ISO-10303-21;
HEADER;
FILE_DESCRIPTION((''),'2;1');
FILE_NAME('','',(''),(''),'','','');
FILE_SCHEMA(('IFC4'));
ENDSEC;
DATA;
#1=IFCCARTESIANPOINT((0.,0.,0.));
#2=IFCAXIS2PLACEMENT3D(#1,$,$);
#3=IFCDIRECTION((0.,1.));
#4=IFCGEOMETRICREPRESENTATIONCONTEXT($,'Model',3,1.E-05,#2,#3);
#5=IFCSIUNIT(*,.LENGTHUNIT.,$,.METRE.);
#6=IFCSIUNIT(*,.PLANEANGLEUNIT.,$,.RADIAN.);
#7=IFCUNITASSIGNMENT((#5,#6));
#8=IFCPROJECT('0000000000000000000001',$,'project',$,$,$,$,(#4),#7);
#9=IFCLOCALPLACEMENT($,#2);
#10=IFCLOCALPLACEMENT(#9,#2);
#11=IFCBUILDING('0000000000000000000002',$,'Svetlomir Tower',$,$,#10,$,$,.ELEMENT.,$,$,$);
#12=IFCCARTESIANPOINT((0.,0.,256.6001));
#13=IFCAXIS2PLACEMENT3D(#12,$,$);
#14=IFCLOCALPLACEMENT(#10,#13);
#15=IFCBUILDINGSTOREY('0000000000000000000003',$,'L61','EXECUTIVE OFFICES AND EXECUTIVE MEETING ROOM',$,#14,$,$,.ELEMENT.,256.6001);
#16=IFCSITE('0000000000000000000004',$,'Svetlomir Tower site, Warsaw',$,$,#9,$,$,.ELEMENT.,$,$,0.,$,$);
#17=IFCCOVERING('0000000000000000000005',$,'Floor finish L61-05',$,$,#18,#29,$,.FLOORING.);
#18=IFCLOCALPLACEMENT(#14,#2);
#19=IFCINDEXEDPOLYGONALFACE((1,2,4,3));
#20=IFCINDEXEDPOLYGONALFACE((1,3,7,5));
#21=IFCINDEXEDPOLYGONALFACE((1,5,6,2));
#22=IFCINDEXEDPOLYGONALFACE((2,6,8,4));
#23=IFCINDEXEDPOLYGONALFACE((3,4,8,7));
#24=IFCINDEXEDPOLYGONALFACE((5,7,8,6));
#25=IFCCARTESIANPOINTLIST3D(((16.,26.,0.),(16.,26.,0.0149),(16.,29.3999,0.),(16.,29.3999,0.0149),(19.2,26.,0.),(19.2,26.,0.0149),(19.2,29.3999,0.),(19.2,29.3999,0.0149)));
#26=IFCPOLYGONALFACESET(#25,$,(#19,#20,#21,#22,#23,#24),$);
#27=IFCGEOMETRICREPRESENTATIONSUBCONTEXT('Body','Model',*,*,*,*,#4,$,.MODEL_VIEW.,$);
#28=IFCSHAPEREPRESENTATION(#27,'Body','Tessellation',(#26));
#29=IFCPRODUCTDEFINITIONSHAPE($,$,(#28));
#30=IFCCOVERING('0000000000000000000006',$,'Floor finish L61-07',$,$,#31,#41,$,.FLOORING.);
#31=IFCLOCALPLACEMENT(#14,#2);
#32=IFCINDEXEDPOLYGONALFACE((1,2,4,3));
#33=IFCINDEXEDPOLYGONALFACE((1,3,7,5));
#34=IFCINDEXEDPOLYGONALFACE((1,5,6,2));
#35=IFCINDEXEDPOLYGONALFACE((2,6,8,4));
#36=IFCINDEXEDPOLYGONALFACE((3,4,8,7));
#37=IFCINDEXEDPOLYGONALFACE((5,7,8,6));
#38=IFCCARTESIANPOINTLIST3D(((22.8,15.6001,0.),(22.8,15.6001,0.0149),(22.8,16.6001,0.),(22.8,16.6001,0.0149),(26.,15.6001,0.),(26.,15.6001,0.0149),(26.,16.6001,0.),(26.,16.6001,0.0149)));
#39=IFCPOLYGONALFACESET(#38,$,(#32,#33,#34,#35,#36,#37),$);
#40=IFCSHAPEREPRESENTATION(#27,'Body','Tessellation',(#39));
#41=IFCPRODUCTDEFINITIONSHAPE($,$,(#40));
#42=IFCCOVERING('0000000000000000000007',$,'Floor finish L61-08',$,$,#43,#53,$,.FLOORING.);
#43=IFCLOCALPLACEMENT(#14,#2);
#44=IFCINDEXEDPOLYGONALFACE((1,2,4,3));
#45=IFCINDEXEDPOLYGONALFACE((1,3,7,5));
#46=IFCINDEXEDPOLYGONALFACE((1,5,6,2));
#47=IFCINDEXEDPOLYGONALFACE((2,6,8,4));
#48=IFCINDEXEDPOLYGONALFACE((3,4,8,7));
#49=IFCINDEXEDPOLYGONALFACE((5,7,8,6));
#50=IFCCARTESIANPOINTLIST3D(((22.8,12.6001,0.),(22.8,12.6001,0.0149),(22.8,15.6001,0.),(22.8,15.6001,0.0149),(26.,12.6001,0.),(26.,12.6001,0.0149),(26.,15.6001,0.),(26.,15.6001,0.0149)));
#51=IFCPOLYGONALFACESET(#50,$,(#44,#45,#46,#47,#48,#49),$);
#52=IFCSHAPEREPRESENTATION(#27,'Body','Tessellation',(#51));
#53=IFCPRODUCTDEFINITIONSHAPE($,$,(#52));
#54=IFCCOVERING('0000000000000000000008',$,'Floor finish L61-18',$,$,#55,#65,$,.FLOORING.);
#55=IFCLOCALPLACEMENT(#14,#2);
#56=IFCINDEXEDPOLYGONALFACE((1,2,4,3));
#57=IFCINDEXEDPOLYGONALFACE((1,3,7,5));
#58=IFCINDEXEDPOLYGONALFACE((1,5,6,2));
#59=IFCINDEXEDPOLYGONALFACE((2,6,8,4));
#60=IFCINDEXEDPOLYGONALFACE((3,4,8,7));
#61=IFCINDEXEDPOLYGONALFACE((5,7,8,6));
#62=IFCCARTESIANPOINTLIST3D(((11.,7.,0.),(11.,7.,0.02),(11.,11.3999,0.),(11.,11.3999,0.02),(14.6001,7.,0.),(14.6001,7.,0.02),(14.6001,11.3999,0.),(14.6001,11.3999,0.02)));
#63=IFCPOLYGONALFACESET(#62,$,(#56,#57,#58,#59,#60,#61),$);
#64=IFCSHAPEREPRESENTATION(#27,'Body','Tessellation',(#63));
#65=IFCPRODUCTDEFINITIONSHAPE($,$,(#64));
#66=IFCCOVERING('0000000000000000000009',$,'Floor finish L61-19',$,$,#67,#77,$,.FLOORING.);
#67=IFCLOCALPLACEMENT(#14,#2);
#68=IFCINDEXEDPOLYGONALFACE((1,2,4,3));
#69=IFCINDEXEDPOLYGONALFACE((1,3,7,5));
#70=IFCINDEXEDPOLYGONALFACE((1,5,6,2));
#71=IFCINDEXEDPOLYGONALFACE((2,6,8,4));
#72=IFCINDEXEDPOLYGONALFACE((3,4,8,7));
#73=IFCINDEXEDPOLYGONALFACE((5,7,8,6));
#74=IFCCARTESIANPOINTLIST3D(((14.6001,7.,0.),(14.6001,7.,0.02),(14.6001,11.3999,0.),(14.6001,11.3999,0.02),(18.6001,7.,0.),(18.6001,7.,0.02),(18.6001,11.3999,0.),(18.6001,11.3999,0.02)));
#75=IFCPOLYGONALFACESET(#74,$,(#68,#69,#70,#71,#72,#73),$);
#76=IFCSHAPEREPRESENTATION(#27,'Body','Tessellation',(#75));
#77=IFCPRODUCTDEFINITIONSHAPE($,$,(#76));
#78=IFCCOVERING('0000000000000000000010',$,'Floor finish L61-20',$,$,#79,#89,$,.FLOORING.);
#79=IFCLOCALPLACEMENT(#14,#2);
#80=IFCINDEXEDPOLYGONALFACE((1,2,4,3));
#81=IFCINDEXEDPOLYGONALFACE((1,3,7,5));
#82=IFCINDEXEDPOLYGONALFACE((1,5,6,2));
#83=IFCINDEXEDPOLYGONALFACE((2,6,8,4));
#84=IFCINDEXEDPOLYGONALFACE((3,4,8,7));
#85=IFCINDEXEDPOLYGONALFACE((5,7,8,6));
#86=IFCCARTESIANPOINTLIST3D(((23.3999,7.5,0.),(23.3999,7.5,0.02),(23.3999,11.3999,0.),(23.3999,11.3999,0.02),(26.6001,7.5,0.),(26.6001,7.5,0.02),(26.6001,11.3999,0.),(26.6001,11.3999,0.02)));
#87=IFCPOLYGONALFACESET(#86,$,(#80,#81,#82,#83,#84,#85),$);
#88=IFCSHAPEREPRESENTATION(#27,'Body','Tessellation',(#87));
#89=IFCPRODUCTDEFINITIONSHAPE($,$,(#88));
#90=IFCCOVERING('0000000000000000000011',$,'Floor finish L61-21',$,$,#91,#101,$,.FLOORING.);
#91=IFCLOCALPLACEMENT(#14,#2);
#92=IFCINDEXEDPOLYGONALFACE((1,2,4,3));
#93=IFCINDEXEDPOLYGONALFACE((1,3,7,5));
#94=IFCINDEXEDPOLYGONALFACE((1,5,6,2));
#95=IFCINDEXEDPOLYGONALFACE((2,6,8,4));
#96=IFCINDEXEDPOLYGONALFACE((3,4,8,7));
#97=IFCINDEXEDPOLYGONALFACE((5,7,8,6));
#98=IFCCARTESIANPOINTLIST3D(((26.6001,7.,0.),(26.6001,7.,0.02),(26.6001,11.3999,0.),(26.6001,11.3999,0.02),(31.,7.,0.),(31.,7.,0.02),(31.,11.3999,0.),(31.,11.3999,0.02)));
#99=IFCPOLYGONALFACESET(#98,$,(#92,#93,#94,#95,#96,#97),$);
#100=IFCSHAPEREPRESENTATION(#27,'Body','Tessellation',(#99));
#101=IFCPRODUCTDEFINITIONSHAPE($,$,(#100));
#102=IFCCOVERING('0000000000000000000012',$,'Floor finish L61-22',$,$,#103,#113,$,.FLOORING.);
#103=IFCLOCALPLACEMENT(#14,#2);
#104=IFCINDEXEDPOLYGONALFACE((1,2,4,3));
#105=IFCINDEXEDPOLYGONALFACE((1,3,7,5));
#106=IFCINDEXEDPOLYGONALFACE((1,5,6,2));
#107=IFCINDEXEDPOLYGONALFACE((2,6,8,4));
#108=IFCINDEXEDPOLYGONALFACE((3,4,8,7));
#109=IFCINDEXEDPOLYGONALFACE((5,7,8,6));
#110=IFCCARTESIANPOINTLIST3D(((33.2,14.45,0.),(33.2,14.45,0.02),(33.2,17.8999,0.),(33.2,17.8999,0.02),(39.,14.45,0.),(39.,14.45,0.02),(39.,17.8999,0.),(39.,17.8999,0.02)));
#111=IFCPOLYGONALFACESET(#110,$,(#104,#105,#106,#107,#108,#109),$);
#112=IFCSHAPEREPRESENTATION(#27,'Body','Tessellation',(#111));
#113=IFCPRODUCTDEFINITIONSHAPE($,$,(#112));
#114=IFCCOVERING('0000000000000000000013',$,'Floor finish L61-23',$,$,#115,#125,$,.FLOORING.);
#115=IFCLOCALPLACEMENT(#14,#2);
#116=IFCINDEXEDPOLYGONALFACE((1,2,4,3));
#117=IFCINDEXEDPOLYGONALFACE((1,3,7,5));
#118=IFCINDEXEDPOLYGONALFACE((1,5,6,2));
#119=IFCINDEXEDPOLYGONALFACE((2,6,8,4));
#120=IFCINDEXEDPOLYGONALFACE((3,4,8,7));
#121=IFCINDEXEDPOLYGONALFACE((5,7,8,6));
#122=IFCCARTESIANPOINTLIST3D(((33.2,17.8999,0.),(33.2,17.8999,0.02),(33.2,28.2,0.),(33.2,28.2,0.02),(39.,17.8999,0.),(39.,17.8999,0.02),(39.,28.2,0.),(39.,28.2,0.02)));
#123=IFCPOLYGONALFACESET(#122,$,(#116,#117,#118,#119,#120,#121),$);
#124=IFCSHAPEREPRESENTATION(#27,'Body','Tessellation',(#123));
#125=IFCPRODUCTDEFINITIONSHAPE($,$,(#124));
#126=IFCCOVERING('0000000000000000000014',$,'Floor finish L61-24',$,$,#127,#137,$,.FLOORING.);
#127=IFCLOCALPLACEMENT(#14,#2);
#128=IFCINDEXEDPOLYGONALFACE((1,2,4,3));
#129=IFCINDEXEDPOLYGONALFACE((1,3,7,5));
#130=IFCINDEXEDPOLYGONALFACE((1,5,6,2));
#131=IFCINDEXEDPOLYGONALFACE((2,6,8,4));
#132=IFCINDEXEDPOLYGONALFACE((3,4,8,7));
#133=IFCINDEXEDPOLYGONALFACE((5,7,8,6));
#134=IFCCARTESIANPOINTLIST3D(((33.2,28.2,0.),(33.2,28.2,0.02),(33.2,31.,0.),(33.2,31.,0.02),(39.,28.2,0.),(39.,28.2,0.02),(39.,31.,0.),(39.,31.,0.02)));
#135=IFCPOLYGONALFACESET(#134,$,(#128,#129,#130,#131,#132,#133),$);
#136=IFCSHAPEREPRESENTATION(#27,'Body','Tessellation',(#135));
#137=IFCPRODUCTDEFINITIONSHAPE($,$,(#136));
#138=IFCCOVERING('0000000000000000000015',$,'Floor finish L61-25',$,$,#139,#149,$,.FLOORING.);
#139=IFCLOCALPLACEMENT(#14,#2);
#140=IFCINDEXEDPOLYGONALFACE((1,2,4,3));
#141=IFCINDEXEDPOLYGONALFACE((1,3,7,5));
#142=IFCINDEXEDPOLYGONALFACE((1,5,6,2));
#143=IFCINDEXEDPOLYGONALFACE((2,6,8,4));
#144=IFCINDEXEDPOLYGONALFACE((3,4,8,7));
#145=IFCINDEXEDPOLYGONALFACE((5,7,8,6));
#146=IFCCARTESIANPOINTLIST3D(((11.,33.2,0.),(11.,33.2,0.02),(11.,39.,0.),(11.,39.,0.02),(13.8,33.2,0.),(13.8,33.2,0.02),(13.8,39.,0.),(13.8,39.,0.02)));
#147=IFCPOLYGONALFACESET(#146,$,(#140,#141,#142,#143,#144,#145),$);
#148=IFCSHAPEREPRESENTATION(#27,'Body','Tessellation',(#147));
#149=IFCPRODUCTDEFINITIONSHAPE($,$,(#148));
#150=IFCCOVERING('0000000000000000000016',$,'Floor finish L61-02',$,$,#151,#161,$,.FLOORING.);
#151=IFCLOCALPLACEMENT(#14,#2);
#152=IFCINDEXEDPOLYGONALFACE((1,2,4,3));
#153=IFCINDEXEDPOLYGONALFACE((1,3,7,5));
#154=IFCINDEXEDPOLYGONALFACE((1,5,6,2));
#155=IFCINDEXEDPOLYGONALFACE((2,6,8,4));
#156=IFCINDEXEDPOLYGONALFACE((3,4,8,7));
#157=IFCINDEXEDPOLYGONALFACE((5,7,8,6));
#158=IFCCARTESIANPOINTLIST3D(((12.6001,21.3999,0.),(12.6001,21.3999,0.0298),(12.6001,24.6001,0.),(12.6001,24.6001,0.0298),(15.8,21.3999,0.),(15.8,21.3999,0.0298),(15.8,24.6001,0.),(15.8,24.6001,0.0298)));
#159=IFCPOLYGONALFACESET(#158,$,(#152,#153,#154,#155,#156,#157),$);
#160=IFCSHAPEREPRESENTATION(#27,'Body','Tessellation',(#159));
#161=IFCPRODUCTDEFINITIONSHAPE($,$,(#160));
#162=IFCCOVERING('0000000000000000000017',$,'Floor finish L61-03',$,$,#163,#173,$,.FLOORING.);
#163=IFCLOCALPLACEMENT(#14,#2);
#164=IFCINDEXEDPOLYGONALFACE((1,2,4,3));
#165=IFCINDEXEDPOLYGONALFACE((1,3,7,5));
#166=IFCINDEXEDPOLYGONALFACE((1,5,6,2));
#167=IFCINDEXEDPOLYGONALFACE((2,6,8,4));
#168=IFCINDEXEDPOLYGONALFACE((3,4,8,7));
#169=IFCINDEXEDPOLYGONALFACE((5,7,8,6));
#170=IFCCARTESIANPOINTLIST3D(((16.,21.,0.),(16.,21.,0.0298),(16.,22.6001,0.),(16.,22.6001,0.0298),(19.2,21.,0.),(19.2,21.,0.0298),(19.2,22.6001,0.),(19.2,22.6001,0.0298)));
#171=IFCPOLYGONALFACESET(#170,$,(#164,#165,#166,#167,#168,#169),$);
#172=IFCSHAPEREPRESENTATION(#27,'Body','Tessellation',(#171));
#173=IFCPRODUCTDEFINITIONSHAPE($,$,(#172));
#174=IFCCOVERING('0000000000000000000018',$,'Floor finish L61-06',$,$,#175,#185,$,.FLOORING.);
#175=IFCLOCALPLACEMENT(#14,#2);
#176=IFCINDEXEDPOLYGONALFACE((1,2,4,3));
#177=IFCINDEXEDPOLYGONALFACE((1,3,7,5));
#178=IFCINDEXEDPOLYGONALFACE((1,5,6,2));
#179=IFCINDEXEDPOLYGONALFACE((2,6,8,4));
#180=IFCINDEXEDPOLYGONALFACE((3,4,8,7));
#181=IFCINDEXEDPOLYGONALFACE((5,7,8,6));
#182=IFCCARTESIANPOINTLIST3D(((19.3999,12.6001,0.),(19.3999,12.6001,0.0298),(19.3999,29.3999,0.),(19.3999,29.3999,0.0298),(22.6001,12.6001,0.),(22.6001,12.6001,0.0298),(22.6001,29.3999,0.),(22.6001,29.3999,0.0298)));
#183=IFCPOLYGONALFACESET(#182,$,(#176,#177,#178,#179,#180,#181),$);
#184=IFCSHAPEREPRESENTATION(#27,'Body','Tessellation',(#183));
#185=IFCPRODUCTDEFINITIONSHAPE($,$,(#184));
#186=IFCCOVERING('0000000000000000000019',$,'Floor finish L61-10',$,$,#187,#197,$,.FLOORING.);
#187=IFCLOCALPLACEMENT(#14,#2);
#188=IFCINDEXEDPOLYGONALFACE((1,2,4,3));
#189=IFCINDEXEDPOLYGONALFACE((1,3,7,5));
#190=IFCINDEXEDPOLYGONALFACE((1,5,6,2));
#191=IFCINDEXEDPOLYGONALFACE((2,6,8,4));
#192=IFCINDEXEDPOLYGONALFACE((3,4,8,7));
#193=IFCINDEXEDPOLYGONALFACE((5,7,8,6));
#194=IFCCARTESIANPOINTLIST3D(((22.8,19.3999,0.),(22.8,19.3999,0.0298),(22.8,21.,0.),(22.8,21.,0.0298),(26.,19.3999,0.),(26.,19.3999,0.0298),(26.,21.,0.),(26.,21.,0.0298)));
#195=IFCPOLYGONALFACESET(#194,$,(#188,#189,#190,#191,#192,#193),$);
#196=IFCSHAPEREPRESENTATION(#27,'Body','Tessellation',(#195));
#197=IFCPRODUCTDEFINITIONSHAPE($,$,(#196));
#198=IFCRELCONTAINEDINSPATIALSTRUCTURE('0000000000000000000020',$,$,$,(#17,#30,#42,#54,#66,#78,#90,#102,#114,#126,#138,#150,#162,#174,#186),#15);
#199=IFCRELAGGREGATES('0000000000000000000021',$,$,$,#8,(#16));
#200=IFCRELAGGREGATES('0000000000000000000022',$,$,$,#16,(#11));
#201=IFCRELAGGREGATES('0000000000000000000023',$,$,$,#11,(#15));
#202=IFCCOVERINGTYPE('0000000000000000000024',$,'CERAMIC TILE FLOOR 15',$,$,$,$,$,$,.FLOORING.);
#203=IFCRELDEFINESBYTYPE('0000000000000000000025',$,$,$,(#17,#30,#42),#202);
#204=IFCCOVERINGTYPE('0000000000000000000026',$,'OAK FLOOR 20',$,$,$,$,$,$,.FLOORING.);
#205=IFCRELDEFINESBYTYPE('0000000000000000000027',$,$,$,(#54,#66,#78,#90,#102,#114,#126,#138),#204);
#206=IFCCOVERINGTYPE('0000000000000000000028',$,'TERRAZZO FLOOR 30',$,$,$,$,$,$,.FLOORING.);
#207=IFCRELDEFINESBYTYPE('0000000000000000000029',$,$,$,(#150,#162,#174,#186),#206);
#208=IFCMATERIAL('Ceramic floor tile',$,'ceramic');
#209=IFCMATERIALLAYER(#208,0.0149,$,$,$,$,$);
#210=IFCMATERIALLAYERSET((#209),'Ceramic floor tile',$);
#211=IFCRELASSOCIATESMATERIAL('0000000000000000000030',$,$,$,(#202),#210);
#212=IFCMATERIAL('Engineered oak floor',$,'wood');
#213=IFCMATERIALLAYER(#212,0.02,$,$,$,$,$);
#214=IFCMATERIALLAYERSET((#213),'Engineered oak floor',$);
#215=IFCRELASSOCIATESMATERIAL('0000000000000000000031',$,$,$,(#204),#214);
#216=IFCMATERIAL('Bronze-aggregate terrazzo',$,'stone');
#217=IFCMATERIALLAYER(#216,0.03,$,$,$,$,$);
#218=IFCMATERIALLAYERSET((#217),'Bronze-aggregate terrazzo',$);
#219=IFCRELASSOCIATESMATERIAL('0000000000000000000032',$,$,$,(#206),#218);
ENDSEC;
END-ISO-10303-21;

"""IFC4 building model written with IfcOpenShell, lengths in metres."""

from ifc_helpers import new_model, si_unit, direction, frame, origin, place, context, subcontext, project, spatial, polyline, outline, extrude, material, layer, layer_set, type_object, element, save


model = new_model("IFC4")

# Units and contexts
model_context = context("Model", 3, precision=1e-05, world=origin(), true_north=direction((0.0, 1.0)))
body_context = subcontext(model_context, "Body", "Model", "MODEL_VIEW")
ifc_project = project(units=[si_unit("LENGTHUNIT", "METRE"), si_unit("PLANEANGLEUNIT", "RADIAN")], contexts=[model_context])

# Site, building, storey
site_placement = place(None, origin())
site = spatial("IfcSite", under=ifc_project, at=site_placement, Name="Svetlomir Tower site, Warsaw", CompositionType="ELEMENT", RefElevation=0.0)
building_placement = place(site_placement, origin())
building = spatial("IfcBuilding", under=site, at=building_placement, Name="Svetlomir Tower", CompositionType="ELEMENT")
storey_placement = place(building_placement, frame((0.0, 0.0, 256.6001)))
storey = spatial("IfcBuildingStorey", under=building, at=storey_placement, Name="L61", Description="EXECUTIVE OFFICES AND EXECUTIVE MEETING ROOM", CompositionType="ELEMENT", Elevation=256.6001)

# Coverings
ifc_material_1 = material(Name="Ceramic floor tile", Category="ceramic")
ifc_layer_1 = layer(ifc_material_1, 0.0149)
ifc_layer_set_1 = layer_set([ifc_layer_1], Name="Ceramic floor tile")
covering_type_1 = type_object("IfcCoveringType", Name="CERAMIC TILE FLOOR 15", PredefinedType="FLOORING", material=ifc_layer_set_1)
covering_1_placement = place(storey_placement, origin())
element("IfcCovering", 1, at=covering_1_placement, inside=storey, type_object=covering_type_1, Name="Floor finish L61-05", PredefinedType="FLOORING", context=body_context, shape_type="SweptSolid", body=[
    extrude(outline(polyline([(16.0, 26.0), (19.2, 26.0), (19.2, 29.3999), (16.0, 29.3999), (16.0, 26.0)])), origin(), (0.0, 0.0, 1.0), 0.0149),
])
covering_2_placement = place(storey_placement, origin())
element("IfcCovering", 2, at=covering_2_placement, inside=storey, type_object=covering_type_1, Name="Floor finish L61-07", PredefinedType="FLOORING", context=body_context, shape_type="SweptSolid", body=[
    extrude(outline(polyline([(22.8, 15.6001), (26.0, 15.6001), (26.0, 16.6001), (22.8, 16.6001), (22.8, 15.6001)])), origin(), (0.0, 0.0, 1.0), 0.0149),
])
covering_3_placement = place(storey_placement, origin())
element("IfcCovering", 3, at=covering_3_placement, inside=storey, type_object=covering_type_1, Name="Floor finish L61-08", PredefinedType="FLOORING", context=body_context, shape_type="SweptSolid", body=[
    extrude(outline(polyline([(22.8, 12.6001), (26.0, 12.6001), (26.0, 15.6001), (22.8, 15.6001), (22.8, 12.6001)])), origin(), (0.0, 0.0, 1.0), 0.0149),
])
ifc_material_2 = material(Name="Engineered oak floor", Category="wood")
ifc_layer_2 = layer(ifc_material_2, 0.02)
ifc_layer_set_2 = layer_set([ifc_layer_2], Name="Engineered oak floor")
covering_type_2 = type_object("IfcCoveringType", Name="OAK FLOOR 20", PredefinedType="FLOORING", material=ifc_layer_set_2)
covering_4_placement = place(storey_placement, origin())
element("IfcCovering", 4, at=covering_4_placement, inside=storey, type_object=covering_type_2, Name="Floor finish L61-18", PredefinedType="FLOORING", context=body_context, shape_type="SweptSolid", body=[
    extrude(outline(polyline([(11.0, 7.0), (14.6001, 7.0), (14.6001, 11.3999), (11.0, 11.3999), (11.0, 7.0)])), origin(), (0.0, 0.0, 1.0), 0.02),
])
covering_5_placement = place(storey_placement, origin())
element("IfcCovering", 5, at=covering_5_placement, inside=storey, type_object=covering_type_2, Name="Floor finish L61-19", PredefinedType="FLOORING", context=body_context, shape_type="SweptSolid", body=[
    extrude(outline(polyline([(14.6001, 7.0), (18.6001, 7.0), (18.6001, 11.3999), (14.6001, 11.3999), (14.6001, 7.0)])), origin(), (0.0, 0.0, 1.0), 0.02),
])
covering_6_placement = place(storey_placement, origin())
element("IfcCovering", 6, at=covering_6_placement, inside=storey, type_object=covering_type_2, Name="Floor finish L61-20", PredefinedType="FLOORING", context=body_context, shape_type="SweptSolid", body=[
    extrude(outline(polyline([(23.3999, 7.5), (26.6001, 7.5), (26.6001, 11.3999), (23.3999, 11.3999), (23.3999, 7.5)])), origin(), (0.0, 0.0, 1.0), 0.02),
])
covering_7_placement = place(storey_placement, origin())
element("IfcCovering", 7, at=covering_7_placement, inside=storey, type_object=covering_type_2, Name="Floor finish L61-21", PredefinedType="FLOORING", context=body_context, shape_type="SweptSolid", body=[
    extrude(outline(polyline([(26.6001, 7.0), (31.0, 7.0), (31.0, 11.3999), (26.6001, 11.3999), (26.6001, 7.0)])), origin(), (0.0, 0.0, 1.0), 0.02),
])
covering_8_placement = place(storey_placement, origin())
element("IfcCovering", 8, at=covering_8_placement, inside=storey, type_object=covering_type_2, Name="Floor finish L61-22", PredefinedType="FLOORING", context=body_context, shape_type="SweptSolid", body=[
    extrude(outline(polyline([(33.2, 14.45), (39.0, 14.45), (39.0, 17.8999), (33.2, 17.8999), (33.2, 14.45)])), origin(), (0.0, 0.0, 1.0), 0.02),
])
covering_9_placement = place(storey_placement, origin())
element("IfcCovering", 9, at=covering_9_placement, inside=storey, type_object=covering_type_2, Name="Floor finish L61-23", PredefinedType="FLOORING", context=body_context, shape_type="SweptSolid", body=[
    extrude(outline(polyline([(33.2, 17.8999), (39.0, 17.8999), (39.0, 28.2), (33.2, 28.2), (33.2, 17.8999)])), origin(), (0.0, 0.0, 1.0), 0.02),
])
covering_10_placement = place(storey_placement, origin())
element("IfcCovering", 10, at=covering_10_placement, inside=storey, type_object=covering_type_2, Name="Floor finish L61-24", PredefinedType="FLOORING", context=body_context, shape_type="SweptSolid", body=[
    extrude(outline(polyline([(33.2, 28.2), (39.0, 28.2), (39.0, 31.0), (33.2, 31.0), (33.2, 28.2)])), origin(), (0.0, 0.0, 1.0), 0.02),
])
covering_11_placement = place(storey_placement, origin())
element("IfcCovering", 11, at=covering_11_placement, inside=storey, type_object=covering_type_2, Name="Floor finish L61-25", PredefinedType="FLOORING", context=body_context, shape_type="SweptSolid", body=[
    extrude(outline(polyline([(11.0, 33.2), (13.8, 33.2), (13.8, 39.0), (11.0, 39.0), (11.0, 33.2)])), origin(), (0.0, 0.0, 1.0), 0.02),
])
ifc_material_3 = material(Name="Bronze-aggregate terrazzo", Category="stone")
ifc_layer_3 = layer(ifc_material_3, 0.03)
ifc_layer_set_3 = layer_set([ifc_layer_3], Name="Bronze-aggregate terrazzo")
covering_type_3 = type_object("IfcCoveringType", Name="TERRAZZO FLOOR 30", PredefinedType="FLOORING", material=ifc_layer_set_3)
covering_12_placement = place(storey_placement, origin())
element("IfcCovering", 12, at=covering_12_placement, inside=storey, type_object=covering_type_3, Name="Floor finish L61-02", PredefinedType="FLOORING", context=body_context, shape_type="SweptSolid", body=[
    extrude(outline(polyline([(12.6001, 21.3999), (15.8, 21.3999), (15.8, 24.6001), (12.6001, 24.6001), (12.6001, 21.3999)])), origin(), (0.0, 0.0, 1.0), 0.0298),
])
covering_13_placement = place(storey_placement, origin())
element("IfcCovering", 13, at=covering_13_placement, inside=storey, type_object=covering_type_3, Name="Floor finish L61-03", PredefinedType="FLOORING", context=body_context, shape_type="SweptSolid", body=[
    extrude(outline(polyline([(16.0, 21.0), (19.2, 21.0), (19.2, 22.6001), (16.0, 22.6001), (16.0, 21.0)])), origin(), (0.0, 0.0, 1.0), 0.0298),
])
covering_14_placement = place(storey_placement, origin())
element("IfcCovering", 14, at=covering_14_placement, inside=storey, type_object=covering_type_3, Name="Floor finish L61-06", PredefinedType="FLOORING", context=body_context, shape_type="SweptSolid", body=[
    extrude(outline(polyline([(19.3999, 12.6001), (22.6001, 12.6001), (22.6001, 29.3999), (19.3999, 29.3999), (19.3999, 12.6001)])), origin(), (0.0, 0.0, 1.0), 0.0298),
])
covering_15_placement = place(storey_placement, origin())
element("IfcCovering", 15, at=covering_15_placement, inside=storey, type_object=covering_type_3, Name="Floor finish L61-10", PredefinedType="FLOORING", context=body_context, shape_type="SweptSolid", body=[
    extrude(outline(polyline([(22.8, 19.3999), (26.0, 19.3999), (26.0, 21.0), (22.8, 21.0), (22.8, 19.3999)])), origin(), (0.0, 0.0, 1.0), 0.0298),
])

save(model, "model.ifc")
